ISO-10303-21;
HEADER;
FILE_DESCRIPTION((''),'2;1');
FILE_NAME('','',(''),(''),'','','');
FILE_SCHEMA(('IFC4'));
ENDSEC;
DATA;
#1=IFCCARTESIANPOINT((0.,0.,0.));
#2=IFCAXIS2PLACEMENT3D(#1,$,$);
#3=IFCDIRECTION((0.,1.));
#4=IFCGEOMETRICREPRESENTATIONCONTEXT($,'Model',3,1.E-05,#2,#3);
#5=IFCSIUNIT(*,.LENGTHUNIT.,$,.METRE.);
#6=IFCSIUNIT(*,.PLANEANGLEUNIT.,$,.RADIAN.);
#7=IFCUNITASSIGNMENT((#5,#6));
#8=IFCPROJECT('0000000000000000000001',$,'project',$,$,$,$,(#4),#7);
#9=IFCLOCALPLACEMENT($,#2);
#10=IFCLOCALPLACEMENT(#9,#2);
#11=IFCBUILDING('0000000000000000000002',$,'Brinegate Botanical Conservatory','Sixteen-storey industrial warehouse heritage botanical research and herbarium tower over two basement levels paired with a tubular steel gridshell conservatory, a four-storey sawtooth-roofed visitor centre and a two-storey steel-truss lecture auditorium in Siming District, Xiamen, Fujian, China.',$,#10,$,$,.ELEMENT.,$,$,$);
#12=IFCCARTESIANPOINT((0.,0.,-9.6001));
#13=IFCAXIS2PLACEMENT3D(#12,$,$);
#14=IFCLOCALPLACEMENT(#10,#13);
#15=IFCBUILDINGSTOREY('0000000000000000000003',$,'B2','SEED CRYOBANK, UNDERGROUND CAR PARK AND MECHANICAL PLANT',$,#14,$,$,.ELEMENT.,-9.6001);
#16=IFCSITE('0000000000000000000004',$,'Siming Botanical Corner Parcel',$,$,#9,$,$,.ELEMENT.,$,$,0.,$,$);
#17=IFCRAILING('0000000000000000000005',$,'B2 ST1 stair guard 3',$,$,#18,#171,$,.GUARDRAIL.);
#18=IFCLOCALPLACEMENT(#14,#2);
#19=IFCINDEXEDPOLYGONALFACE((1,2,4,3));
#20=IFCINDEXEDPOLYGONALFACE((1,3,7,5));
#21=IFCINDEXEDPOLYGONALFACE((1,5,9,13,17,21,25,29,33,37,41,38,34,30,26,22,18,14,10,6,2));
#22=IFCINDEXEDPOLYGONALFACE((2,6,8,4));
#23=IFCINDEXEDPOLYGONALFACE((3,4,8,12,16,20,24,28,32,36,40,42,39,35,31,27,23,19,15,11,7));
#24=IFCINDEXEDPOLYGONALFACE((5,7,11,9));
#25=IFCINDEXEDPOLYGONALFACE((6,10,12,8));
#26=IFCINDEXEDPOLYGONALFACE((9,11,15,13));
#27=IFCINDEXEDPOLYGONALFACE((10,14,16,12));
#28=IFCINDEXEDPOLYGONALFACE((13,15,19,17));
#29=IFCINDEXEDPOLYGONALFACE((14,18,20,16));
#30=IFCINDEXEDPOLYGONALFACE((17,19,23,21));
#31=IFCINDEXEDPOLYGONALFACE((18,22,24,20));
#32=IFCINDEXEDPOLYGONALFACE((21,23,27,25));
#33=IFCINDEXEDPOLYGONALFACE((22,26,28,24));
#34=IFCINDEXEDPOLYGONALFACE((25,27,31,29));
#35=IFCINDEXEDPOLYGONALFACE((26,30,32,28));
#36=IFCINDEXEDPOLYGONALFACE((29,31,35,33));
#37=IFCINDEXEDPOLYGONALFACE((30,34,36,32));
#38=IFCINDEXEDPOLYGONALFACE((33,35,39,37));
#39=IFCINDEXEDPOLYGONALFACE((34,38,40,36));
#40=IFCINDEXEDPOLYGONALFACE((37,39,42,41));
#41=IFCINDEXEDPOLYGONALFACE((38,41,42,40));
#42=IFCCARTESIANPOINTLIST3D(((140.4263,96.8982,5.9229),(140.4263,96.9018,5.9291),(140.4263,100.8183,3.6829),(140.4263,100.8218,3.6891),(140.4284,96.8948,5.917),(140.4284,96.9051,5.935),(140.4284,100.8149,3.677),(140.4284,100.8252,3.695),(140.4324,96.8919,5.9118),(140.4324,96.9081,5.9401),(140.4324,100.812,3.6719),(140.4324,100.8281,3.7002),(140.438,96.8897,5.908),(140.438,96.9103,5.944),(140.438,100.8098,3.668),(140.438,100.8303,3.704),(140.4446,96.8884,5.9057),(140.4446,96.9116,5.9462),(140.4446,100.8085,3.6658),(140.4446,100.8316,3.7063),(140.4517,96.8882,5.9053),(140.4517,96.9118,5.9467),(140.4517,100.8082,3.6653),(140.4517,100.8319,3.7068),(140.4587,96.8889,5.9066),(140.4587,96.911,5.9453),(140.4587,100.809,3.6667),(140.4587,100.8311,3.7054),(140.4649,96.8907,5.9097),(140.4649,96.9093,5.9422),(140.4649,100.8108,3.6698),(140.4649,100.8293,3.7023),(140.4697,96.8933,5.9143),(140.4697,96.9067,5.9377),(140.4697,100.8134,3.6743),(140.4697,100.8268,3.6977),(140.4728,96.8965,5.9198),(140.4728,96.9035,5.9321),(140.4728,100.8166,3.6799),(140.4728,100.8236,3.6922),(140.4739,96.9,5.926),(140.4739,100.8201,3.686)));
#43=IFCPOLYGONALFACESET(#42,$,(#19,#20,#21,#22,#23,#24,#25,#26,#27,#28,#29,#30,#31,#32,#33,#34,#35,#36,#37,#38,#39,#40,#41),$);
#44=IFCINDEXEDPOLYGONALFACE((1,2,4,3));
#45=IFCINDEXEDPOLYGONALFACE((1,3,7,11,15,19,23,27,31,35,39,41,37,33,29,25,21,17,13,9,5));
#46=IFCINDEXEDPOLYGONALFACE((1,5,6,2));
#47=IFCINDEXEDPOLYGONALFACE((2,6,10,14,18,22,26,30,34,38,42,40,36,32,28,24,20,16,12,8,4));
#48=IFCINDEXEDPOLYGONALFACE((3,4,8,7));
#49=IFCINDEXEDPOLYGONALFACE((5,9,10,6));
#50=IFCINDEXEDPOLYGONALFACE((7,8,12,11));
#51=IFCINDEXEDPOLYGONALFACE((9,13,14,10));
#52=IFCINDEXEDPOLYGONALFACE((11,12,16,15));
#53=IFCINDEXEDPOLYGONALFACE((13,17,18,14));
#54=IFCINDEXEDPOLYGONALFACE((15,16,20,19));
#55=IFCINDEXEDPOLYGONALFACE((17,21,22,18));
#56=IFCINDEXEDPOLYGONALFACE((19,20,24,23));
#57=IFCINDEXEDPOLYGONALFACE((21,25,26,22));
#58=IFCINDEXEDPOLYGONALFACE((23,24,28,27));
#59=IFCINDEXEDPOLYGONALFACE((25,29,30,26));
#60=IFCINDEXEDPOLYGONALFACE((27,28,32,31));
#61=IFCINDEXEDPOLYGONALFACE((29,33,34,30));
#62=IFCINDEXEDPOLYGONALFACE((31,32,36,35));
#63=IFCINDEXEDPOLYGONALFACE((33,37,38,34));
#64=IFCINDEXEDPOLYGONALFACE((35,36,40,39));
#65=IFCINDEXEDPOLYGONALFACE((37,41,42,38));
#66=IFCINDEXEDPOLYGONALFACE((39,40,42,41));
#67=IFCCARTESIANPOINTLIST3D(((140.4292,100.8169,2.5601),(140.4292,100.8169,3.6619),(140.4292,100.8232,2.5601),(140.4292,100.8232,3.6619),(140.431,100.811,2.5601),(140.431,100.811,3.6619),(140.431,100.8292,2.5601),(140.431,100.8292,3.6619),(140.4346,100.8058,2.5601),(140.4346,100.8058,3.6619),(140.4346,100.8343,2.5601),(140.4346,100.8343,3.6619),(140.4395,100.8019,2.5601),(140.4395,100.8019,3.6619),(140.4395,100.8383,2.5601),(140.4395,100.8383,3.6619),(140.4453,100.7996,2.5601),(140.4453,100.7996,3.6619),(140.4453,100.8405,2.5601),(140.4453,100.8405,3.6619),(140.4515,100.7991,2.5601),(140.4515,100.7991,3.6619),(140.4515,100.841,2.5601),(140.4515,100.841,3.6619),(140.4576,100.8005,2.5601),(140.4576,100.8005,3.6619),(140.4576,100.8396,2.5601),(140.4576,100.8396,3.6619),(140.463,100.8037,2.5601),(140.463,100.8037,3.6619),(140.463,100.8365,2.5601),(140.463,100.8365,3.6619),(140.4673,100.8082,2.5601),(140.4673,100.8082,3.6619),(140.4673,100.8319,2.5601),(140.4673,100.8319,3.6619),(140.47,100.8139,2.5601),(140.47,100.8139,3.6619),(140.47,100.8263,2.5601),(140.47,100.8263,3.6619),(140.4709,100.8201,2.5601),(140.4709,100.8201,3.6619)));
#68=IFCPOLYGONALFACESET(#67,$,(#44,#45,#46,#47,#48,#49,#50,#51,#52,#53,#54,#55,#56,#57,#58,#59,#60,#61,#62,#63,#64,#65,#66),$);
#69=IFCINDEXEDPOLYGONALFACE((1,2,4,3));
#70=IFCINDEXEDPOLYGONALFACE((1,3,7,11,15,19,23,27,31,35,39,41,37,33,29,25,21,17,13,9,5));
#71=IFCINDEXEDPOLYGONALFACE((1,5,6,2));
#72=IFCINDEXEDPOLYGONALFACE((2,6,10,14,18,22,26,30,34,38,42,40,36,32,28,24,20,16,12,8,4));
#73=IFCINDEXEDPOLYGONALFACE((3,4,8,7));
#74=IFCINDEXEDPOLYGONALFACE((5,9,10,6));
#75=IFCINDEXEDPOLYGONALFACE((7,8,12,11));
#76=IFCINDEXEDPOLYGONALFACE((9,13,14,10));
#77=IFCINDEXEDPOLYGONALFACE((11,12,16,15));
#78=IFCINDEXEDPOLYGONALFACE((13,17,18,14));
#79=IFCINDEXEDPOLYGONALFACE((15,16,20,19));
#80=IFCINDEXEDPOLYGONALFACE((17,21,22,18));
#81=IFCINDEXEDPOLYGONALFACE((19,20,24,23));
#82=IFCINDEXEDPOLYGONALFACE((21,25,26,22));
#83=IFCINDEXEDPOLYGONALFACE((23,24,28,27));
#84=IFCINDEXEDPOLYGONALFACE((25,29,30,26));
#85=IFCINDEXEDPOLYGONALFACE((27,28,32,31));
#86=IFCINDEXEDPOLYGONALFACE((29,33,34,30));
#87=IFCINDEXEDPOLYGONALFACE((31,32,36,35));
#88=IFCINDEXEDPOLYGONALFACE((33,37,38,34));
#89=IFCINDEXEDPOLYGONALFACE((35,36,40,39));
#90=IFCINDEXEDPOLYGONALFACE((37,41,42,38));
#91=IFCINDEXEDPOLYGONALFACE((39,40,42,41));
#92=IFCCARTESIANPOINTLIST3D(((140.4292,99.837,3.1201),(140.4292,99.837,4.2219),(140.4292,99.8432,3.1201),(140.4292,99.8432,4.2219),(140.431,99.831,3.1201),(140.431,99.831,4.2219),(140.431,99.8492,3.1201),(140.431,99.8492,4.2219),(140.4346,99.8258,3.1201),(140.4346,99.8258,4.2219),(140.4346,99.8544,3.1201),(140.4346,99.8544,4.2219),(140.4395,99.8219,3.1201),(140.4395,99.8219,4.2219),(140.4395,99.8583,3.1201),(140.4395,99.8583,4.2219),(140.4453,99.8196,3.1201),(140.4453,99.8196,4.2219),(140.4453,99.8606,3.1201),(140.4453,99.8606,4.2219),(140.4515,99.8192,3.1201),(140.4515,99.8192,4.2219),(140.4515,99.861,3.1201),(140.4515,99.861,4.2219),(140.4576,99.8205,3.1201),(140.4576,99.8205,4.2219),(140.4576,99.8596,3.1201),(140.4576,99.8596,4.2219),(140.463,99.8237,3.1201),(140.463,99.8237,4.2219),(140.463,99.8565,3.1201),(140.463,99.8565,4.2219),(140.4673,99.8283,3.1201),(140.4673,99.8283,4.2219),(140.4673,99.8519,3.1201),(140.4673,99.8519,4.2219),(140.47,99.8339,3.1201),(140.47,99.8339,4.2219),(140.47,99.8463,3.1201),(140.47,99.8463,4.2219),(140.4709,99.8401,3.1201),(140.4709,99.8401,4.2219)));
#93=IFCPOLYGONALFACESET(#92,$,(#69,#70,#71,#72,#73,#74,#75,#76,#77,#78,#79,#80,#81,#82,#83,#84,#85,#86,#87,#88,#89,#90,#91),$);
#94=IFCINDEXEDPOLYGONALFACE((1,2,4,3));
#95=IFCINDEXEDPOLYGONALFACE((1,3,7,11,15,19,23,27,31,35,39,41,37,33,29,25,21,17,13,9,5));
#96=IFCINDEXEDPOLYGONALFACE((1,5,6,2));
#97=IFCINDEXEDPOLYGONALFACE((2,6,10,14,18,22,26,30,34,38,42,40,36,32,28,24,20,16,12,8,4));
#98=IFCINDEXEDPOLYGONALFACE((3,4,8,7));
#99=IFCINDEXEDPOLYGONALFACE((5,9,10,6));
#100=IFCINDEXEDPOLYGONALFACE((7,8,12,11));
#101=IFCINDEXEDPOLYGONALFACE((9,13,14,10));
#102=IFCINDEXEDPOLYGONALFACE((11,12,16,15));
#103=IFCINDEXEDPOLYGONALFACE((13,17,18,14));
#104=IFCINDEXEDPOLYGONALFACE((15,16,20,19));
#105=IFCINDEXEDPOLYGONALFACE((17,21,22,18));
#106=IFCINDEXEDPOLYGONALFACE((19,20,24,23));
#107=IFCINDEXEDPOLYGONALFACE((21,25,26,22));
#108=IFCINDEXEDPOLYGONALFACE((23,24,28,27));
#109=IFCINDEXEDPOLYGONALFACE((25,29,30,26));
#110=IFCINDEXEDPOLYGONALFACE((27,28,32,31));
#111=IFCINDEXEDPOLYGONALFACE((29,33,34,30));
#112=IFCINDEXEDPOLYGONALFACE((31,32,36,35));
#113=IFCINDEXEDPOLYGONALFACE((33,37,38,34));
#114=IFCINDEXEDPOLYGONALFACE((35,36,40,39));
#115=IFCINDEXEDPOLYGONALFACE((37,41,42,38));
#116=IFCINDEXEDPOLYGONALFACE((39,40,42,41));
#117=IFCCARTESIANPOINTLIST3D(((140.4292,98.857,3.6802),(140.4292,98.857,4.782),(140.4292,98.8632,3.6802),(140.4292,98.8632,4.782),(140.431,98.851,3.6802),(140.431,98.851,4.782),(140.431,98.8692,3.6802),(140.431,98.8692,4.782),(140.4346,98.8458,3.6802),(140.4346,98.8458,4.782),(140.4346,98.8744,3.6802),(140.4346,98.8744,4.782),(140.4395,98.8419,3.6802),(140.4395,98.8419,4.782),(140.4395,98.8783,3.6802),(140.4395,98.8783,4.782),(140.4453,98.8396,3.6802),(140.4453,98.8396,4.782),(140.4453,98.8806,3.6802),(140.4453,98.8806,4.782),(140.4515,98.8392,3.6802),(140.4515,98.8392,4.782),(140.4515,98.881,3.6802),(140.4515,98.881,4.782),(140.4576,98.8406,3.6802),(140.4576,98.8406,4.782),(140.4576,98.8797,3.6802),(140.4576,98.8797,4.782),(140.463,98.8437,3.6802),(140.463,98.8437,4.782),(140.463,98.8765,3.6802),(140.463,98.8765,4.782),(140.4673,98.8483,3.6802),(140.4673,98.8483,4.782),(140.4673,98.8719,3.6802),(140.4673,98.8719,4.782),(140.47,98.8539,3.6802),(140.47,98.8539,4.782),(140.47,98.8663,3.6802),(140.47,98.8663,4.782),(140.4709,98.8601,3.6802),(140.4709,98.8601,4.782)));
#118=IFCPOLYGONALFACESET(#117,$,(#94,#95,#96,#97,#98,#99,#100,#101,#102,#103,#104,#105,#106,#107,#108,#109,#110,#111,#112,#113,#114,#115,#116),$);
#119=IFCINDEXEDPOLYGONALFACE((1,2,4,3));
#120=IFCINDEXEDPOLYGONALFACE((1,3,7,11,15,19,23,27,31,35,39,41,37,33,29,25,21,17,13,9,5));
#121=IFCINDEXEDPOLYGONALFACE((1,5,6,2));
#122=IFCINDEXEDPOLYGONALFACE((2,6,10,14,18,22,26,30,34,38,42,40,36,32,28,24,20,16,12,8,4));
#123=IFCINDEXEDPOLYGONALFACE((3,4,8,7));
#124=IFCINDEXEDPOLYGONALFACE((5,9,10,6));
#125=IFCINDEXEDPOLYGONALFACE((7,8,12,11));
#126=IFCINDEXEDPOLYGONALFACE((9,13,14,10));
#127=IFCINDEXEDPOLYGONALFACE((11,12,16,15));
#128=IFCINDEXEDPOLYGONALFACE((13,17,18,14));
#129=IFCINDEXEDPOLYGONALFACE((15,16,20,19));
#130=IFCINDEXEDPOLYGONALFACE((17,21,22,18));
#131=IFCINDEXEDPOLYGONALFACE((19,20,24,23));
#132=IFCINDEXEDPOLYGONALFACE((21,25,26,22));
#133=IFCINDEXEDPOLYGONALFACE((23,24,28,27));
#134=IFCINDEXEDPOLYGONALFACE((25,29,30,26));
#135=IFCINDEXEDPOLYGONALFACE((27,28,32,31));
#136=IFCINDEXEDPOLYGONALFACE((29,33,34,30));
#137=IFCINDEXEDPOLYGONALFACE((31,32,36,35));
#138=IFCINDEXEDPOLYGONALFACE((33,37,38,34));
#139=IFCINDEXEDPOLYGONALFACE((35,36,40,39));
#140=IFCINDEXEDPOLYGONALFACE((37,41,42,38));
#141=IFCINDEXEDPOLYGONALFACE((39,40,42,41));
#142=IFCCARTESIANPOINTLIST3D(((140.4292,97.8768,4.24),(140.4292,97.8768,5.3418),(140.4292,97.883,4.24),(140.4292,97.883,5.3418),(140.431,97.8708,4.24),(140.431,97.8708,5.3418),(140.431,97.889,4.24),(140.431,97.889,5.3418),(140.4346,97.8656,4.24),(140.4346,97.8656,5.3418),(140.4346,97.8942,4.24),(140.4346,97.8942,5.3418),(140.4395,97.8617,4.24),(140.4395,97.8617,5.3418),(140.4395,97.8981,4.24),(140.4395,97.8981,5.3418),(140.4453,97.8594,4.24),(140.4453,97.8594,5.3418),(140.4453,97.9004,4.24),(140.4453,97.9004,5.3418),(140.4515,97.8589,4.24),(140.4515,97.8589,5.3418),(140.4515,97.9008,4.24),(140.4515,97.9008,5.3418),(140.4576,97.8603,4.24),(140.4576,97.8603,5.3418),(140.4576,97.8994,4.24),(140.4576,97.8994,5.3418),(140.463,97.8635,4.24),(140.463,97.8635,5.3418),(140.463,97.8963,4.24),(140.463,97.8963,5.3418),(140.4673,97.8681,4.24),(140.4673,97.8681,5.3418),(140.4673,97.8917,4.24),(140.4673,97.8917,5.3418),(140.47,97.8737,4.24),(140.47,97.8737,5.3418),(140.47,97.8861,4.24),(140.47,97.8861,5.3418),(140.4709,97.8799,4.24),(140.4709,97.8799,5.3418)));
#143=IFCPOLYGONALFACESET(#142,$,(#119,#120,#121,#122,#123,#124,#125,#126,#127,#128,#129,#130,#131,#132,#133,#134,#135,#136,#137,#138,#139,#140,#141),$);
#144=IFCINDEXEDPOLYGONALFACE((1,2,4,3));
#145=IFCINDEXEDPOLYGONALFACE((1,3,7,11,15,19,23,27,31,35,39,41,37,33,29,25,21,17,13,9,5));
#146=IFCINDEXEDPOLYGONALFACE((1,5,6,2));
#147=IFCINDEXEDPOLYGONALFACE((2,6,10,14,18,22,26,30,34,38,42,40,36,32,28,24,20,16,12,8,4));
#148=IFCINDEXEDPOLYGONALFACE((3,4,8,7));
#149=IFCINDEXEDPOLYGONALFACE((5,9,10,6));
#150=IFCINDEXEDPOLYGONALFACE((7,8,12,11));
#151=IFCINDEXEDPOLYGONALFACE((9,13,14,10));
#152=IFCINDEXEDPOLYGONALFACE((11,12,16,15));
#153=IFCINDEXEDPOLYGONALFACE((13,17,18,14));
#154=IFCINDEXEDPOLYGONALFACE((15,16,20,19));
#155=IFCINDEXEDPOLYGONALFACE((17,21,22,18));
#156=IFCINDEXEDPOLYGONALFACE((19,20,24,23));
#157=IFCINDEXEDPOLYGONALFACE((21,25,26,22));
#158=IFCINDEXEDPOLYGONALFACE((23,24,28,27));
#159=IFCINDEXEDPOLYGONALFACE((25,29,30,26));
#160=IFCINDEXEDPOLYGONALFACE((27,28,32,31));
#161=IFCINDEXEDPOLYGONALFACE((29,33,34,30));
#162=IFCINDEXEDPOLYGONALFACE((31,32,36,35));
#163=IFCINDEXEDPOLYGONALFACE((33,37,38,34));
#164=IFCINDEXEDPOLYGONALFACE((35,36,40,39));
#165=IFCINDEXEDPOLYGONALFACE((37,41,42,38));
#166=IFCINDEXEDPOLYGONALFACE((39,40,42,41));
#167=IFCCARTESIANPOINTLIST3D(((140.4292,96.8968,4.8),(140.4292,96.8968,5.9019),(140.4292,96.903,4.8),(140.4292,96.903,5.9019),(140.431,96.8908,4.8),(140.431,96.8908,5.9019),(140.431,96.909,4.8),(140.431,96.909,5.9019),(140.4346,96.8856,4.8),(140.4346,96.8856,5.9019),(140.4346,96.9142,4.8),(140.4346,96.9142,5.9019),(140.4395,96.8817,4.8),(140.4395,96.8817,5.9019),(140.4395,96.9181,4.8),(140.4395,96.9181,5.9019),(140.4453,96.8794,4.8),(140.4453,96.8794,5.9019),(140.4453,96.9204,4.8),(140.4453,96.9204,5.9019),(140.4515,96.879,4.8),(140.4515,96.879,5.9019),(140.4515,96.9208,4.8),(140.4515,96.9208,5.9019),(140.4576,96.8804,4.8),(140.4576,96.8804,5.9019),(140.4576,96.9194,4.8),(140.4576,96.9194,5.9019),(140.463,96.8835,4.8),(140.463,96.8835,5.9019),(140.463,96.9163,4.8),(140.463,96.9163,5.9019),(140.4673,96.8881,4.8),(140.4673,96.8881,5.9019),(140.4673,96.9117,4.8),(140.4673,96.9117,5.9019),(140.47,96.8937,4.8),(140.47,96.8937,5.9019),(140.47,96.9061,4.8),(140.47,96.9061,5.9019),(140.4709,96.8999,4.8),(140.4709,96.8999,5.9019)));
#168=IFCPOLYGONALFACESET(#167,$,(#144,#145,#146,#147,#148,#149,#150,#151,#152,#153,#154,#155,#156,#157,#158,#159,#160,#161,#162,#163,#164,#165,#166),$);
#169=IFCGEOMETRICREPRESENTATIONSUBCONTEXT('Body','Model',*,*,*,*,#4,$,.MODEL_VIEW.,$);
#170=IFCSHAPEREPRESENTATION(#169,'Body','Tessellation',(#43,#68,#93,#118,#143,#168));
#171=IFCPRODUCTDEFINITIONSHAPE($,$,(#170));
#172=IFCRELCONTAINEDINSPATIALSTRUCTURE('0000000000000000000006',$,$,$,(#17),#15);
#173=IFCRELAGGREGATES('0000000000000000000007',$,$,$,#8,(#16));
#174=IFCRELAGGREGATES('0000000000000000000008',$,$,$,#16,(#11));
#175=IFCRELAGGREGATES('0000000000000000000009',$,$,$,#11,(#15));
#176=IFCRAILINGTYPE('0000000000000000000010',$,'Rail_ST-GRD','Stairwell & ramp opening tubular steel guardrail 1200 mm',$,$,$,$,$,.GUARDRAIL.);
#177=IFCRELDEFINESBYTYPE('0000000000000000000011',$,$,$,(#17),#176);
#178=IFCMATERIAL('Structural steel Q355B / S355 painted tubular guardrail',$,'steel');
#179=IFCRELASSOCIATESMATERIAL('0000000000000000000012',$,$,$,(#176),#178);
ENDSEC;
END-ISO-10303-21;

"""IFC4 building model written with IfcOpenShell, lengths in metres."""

from ifc_helpers import new_model, si_unit, direction, frame, origin, origin_2d, place, context, subcontext, project, spatial, circle, extrude, material, type_object, element, save


model = new_model("IFC4")

# Units and contexts
model_context = context("Model", 3, precision=1e-05, world=origin(), true_north=direction((0.0, 1.0)))
body_context = subcontext(model_context, "Body", "Model", "MODEL_VIEW")
ifc_project = project(units=[si_unit("LENGTHUNIT", "METRE"), si_unit("PLANEANGLEUNIT", "RADIAN")], contexts=[model_context])

# Site, building, storey
site_placement = place(None, origin())
site = spatial("IfcSite", under=ifc_project, at=site_placement, Name="Siming Botanical Corner Parcel", CompositionType="ELEMENT", RefElevation=0.0)
building_placement = place(site_placement, origin())
building = spatial("IfcBuilding", under=site, at=building_placement, Name="Brinegate Botanical Conservatory", Description="Sixteen-storey industrial warehouse heritage botanical research and herbarium tower over two basement levels paired with a tubular steel gridshell conservatory, a four-storey sawtooth-roofed visitor centre and a two-storey steel-truss lecture auditorium in Siming District, Xiamen, Fujian, China.", CompositionType="ELEMENT")
storey_placement = place(building_placement, frame((0.0, 0.0, -9.6001)))
storey = spatial("IfcBuildingStorey", under=building, at=storey_placement, Name="B2", Description="SEED CRYOBANK, UNDERGROUND CAR PARK AND MECHANICAL PLANT", CompositionType="ELEMENT", Elevation=-9.6001)

# Railing
ifc_material_1 = material(Name="Structural steel Q355B / S355 painted tubular guardrail", Category="steel")
railing_type_1 = type_object("IfcRailingType", Name="Rail_ST-GRD", Description="Stairwell & ramp opening tubular steel guardrail 1200 mm", PredefinedType="GUARDRAIL", material=ifc_material_1)
railing_1_placement = place(storey_placement, frame((140.45, 100.8201, 2.5601)))
element("IfcRailing", 1, at=railing_1_placement, inside=storey, type_object=railing_type_1, Name="B2 ST1 stair guard 3", PredefinedType="GUARDRAIL", context=body_context, shape_type="SweptSolid", body=[
    extrude(circle(Radius=0.0239, at=origin_2d()), frame((0.0, 0.0, 1.126), z_axis=(0.0, -0.868253, 0.496121), x_axis=(1.0, 0.0, 0.0)), (0.0, 0.0, 1.0), 4.5149),
    extrude(circle(Radius=0.021, at=origin_2d()), origin(), (0.0, 0.0, 1.0), 1.1018),
    extrude(circle(Radius=0.021, at=origin_2d()), frame((0.0, -0.98, 0.5601)), (0.0, 0.0, 1.0), 1.1018),
    extrude(circle(Radius=0.021, at=origin_2d()), frame((0.0, -1.96, 1.1201)), (0.0, 0.0, 1.0), 1.1018),
    extrude(circle(Radius=0.021, at=origin_2d()), frame((0.0, -2.9402, 1.6799)), (0.0, 0.0, 1.0), 1.1018),
    extrude(circle(Radius=0.021, at=origin_2d()), frame((0.0, -3.9202, 2.24)), (0.0, 0.0, 1.0), 1.1018),
])

save(model, "model.ifc")
